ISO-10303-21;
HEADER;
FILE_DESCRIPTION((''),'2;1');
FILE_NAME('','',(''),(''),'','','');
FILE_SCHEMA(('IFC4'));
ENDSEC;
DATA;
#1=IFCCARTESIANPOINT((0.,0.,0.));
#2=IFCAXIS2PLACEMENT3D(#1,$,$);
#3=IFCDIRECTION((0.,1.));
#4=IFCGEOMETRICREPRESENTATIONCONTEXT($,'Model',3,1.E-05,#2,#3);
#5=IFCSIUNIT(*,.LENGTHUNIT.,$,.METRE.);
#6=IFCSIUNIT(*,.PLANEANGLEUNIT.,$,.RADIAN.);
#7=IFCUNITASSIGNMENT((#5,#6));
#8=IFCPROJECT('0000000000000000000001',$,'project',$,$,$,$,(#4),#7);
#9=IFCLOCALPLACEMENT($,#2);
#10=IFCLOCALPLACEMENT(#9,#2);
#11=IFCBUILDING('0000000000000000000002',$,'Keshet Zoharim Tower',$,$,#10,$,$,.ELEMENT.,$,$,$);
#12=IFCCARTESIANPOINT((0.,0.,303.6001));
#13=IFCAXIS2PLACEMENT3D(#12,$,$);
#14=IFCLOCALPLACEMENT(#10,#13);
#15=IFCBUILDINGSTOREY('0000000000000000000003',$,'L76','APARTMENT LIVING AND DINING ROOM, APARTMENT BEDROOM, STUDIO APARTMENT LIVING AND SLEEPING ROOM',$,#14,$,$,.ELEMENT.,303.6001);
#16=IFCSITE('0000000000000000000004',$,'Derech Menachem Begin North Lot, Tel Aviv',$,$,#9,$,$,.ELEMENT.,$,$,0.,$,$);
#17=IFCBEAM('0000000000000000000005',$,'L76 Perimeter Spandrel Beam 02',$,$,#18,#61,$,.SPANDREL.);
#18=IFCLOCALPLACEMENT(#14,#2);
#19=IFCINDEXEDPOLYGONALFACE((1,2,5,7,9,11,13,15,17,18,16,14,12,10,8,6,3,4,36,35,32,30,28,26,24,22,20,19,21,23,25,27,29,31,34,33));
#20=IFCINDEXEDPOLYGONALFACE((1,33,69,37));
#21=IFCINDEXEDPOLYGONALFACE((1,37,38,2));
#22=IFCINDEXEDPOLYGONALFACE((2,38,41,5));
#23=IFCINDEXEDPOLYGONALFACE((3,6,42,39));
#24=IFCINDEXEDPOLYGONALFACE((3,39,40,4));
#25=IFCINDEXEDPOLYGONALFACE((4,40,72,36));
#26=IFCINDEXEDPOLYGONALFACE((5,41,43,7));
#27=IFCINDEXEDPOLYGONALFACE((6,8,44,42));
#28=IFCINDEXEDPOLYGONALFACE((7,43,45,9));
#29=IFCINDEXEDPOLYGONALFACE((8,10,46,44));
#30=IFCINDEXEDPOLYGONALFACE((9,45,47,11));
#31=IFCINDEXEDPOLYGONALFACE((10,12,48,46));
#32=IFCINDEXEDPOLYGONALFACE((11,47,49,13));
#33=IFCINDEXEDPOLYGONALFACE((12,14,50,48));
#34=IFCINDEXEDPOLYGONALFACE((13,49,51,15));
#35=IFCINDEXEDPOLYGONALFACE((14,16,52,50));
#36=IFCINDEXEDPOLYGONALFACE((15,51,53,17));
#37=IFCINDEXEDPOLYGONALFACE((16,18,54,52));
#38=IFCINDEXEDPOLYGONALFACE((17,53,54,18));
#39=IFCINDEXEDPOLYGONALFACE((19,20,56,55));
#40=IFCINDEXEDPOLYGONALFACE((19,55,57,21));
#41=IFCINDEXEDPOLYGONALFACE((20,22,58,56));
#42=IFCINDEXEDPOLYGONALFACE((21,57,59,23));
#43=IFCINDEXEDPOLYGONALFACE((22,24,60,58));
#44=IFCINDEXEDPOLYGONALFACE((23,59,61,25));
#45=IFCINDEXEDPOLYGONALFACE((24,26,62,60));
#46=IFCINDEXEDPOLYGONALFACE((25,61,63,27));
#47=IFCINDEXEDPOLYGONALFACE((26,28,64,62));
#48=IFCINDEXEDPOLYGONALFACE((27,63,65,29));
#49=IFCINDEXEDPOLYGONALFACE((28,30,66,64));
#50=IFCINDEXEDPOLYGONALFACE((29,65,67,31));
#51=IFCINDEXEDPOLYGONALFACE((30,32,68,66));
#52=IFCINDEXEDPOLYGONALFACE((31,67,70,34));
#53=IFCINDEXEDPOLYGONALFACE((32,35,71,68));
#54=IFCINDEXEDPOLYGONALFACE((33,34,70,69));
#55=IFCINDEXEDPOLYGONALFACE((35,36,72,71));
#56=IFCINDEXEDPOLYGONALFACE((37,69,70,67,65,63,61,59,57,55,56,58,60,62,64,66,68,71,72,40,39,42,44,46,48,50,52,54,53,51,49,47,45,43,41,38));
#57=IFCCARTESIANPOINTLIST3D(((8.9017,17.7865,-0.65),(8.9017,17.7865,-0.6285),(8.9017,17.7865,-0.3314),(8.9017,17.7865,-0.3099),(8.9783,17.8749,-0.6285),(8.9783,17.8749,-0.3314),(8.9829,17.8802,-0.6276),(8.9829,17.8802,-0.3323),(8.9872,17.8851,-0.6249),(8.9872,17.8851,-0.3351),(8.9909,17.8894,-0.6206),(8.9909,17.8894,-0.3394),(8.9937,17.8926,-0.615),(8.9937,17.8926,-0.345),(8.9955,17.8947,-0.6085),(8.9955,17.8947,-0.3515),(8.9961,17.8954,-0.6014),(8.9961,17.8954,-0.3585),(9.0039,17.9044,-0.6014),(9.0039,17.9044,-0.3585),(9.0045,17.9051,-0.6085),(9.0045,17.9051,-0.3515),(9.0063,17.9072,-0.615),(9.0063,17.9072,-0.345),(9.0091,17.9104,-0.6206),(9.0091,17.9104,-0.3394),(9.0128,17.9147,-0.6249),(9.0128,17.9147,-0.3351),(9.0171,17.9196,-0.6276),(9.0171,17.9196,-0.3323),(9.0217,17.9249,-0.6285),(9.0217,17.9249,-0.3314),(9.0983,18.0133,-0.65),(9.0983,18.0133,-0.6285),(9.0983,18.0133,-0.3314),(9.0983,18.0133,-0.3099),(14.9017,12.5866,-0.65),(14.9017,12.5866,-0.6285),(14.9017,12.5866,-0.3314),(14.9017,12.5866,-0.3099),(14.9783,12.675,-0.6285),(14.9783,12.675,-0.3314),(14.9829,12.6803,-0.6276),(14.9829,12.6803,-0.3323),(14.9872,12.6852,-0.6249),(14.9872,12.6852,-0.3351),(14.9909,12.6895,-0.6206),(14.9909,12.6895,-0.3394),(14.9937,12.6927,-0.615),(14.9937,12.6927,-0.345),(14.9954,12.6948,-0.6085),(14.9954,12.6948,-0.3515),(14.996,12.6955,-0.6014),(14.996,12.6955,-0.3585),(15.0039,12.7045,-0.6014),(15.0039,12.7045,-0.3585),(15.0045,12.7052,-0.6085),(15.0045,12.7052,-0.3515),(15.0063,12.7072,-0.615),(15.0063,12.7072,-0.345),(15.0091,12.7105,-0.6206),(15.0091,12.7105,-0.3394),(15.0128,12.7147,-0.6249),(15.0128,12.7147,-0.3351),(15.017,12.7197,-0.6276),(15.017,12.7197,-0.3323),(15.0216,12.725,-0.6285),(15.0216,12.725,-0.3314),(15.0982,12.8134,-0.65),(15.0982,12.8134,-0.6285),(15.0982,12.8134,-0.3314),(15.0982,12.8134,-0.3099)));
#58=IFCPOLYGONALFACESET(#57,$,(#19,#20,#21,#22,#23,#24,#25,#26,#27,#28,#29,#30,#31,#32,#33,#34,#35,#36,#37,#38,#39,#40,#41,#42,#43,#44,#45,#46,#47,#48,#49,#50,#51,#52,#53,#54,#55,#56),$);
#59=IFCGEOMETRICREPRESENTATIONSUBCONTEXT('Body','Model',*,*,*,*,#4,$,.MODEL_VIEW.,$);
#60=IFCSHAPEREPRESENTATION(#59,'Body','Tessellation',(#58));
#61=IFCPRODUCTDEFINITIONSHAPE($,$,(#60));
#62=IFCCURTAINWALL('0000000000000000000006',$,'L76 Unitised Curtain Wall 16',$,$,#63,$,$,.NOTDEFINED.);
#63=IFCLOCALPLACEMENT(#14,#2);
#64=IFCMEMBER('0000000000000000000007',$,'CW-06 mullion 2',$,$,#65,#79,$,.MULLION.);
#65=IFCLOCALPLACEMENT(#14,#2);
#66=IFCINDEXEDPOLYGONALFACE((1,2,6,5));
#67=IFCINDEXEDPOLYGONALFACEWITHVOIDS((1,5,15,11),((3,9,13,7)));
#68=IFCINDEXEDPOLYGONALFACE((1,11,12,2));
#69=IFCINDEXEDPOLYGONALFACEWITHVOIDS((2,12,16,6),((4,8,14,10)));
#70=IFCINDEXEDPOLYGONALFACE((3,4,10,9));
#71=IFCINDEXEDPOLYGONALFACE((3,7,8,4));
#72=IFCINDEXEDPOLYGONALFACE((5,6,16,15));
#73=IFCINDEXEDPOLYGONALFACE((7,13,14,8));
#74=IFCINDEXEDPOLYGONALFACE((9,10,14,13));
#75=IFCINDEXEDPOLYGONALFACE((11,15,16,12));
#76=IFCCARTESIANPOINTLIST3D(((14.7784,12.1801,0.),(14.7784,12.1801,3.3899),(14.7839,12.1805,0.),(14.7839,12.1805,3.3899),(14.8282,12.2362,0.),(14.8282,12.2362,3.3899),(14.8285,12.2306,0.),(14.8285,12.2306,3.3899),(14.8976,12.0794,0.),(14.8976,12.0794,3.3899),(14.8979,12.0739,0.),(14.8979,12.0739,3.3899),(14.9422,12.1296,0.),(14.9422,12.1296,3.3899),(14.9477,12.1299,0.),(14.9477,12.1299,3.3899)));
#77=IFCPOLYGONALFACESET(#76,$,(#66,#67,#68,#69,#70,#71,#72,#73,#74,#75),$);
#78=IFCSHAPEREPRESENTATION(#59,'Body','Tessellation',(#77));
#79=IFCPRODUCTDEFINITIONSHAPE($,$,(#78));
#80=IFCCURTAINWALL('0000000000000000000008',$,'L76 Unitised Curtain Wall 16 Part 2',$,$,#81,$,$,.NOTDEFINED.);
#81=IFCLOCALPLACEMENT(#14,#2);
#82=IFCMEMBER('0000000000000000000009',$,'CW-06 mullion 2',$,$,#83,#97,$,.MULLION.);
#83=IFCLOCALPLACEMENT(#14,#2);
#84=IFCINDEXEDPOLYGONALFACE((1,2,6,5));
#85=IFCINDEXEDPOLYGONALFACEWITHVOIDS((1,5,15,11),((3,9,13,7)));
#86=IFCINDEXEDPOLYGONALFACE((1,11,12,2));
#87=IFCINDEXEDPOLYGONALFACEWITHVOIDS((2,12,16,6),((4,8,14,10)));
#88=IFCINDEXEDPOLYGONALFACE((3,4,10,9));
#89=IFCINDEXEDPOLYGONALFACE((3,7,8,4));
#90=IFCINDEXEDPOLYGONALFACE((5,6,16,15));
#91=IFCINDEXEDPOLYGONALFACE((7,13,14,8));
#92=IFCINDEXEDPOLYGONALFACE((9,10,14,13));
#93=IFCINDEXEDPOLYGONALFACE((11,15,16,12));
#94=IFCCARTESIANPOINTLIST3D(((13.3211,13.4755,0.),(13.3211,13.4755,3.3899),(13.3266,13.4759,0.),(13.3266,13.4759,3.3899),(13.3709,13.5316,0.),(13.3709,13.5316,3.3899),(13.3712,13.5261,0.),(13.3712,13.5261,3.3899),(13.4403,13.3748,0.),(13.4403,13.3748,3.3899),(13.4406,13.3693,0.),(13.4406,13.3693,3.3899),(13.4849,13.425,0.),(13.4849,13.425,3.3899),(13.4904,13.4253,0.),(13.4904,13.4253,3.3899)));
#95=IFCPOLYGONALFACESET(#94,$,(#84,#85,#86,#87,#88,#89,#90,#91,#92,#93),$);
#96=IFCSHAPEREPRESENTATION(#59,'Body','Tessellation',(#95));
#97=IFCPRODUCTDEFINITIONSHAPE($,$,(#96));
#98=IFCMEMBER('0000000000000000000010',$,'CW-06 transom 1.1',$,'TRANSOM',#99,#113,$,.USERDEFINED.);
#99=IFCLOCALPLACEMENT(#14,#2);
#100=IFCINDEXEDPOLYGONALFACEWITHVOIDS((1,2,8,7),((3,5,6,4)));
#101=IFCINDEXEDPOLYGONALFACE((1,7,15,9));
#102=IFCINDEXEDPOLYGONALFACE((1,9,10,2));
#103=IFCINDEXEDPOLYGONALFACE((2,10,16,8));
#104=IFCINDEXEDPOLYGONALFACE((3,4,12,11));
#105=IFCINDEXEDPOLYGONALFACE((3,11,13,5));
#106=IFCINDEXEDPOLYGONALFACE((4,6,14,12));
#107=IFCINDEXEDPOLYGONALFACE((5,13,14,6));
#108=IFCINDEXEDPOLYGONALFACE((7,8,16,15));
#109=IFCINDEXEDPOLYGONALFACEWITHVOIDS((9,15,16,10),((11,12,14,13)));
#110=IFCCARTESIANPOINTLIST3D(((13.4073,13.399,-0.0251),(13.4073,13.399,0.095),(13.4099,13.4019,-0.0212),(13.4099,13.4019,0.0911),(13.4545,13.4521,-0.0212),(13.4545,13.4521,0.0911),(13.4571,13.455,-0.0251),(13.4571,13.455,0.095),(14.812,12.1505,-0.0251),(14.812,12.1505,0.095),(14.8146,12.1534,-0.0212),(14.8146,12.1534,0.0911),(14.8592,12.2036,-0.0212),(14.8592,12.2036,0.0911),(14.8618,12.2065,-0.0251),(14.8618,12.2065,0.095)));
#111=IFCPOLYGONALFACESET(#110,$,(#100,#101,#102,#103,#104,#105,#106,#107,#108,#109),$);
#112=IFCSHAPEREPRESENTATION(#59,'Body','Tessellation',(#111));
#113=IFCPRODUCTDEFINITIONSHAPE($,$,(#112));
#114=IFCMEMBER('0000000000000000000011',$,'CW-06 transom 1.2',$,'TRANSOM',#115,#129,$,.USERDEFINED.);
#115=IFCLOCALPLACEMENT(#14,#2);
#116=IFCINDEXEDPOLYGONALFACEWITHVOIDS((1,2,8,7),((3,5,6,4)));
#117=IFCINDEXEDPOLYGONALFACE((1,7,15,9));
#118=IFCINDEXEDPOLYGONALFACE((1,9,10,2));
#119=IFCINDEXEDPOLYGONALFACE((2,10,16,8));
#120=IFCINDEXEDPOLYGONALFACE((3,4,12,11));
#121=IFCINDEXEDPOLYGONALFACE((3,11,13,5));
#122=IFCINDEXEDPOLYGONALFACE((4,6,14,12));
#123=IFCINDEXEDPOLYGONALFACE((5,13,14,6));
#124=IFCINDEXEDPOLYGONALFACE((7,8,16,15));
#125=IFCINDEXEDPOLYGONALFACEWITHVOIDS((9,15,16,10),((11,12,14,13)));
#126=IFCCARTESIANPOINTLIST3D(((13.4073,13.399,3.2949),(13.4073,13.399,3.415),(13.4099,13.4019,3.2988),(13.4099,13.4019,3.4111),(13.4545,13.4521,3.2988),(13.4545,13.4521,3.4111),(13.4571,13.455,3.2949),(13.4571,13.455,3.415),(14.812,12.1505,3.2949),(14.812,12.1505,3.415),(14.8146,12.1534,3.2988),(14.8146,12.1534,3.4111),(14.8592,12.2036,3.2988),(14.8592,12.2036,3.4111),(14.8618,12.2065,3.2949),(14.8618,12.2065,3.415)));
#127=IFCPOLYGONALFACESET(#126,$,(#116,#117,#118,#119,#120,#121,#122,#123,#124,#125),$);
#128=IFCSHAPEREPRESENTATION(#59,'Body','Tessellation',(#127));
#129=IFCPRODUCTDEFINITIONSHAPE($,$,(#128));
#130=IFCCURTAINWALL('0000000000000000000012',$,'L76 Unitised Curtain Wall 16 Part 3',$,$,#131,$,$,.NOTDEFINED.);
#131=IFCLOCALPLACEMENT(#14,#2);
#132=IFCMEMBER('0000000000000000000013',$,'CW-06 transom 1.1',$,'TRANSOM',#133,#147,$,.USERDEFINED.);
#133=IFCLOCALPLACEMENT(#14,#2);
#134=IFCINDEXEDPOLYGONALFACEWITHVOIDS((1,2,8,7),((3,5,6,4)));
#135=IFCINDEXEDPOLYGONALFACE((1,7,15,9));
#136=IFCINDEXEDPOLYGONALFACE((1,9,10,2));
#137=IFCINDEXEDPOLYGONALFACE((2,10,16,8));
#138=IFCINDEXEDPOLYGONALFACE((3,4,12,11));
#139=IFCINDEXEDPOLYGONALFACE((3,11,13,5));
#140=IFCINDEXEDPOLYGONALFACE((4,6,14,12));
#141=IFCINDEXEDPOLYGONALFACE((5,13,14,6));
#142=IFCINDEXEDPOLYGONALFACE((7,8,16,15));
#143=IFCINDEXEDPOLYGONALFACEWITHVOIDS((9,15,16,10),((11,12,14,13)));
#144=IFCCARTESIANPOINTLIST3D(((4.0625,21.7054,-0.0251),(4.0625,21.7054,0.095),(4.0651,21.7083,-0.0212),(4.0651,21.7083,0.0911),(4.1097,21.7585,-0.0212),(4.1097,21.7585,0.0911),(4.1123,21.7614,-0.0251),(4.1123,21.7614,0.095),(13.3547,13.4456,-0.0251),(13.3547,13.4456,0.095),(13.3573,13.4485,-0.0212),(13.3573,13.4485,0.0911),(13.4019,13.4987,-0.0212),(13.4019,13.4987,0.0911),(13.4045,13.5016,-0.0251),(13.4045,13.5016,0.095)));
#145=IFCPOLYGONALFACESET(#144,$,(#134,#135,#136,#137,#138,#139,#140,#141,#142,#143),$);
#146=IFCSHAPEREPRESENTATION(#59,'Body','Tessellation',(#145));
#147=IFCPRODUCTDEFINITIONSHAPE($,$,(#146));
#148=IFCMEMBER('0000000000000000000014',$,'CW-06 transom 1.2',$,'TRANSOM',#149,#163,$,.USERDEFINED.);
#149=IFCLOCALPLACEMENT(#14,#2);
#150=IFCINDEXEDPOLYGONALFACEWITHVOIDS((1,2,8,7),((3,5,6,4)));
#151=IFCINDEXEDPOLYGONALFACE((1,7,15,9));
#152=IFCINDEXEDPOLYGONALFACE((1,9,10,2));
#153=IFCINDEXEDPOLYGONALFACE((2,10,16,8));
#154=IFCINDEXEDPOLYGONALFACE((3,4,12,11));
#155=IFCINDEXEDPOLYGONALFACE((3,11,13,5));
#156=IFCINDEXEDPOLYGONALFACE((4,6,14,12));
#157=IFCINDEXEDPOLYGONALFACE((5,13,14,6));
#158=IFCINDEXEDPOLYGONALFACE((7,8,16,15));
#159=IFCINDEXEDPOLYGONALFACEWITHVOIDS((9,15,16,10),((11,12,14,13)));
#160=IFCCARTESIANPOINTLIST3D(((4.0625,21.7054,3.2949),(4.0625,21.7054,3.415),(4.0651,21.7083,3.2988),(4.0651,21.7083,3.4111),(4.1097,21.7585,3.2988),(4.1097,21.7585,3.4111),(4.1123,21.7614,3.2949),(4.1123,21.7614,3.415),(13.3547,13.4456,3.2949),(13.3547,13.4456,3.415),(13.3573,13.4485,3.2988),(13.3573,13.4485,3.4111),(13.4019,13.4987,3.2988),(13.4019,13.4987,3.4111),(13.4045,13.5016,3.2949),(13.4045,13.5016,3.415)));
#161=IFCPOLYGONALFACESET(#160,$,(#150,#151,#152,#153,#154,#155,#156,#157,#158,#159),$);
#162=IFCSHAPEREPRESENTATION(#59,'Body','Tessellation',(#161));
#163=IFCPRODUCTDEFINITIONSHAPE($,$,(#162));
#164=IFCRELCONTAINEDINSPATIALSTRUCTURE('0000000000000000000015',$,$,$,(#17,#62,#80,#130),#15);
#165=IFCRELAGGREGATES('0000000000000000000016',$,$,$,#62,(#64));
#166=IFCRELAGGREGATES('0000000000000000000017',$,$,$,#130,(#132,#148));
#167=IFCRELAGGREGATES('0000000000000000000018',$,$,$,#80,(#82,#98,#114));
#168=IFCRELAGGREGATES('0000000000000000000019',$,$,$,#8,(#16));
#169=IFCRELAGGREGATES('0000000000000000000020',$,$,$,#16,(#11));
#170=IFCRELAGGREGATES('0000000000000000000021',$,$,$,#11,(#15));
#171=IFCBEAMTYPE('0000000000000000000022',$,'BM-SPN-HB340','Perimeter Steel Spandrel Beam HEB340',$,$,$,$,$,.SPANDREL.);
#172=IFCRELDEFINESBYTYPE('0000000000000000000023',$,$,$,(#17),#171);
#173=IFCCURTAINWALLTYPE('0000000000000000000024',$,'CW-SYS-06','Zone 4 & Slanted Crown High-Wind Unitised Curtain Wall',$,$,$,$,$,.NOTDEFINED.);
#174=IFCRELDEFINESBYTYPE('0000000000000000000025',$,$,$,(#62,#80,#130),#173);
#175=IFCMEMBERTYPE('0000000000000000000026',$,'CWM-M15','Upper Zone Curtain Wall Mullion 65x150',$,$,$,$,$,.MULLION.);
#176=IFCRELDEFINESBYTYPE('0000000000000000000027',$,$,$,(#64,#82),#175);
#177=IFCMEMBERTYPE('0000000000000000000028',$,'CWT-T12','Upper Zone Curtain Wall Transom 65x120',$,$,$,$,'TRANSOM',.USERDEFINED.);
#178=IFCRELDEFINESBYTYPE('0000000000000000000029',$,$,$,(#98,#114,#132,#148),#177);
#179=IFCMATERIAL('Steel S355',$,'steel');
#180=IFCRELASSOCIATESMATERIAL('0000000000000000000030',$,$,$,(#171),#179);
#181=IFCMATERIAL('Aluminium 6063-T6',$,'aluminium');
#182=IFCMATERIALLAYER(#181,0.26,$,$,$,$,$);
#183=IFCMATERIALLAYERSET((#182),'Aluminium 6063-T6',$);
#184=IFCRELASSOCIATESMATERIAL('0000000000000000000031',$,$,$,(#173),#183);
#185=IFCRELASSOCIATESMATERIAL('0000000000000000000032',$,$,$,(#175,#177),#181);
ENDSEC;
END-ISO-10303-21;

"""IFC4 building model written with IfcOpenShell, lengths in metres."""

from ifc_helpers import new_model, si_unit, direction, frame, origin, origin_2d, place, context, subcontext, project, spatial, hollow_rectangle, i_section, extrude, material, layer, layer_set, material_profile, profile_set, type_object, element, aggregate, save


model = new_model("IFC4")

# Units and contexts
model_context = context("Model", 3, precision=1e-05, world=origin(), true_north=direction((0.0, 1.0)))
body_context = subcontext(model_context, "Body", "Model", "MODEL_VIEW")
ifc_project = project(units=[si_unit("LENGTHUNIT", "METRE"), si_unit("PLANEANGLEUNIT", "RADIAN")], contexts=[model_context])

# Site, building, storey
site_placement = place(None, origin())
site = spatial("IfcSite", under=ifc_project, at=site_placement, Name="Derech Menachem Begin North Lot, Tel Aviv", CompositionType="ELEMENT", RefElevation=0.0)
building_placement = place(site_placement, origin())
building = spatial("IfcBuilding", under=site, at=building_placement, Name="Keshet Zoharim Tower", CompositionType="ELEMENT")
storey_placement = place(building_placement, frame((0.0, 0.0, 303.6001)))
storey = spatial("IfcBuildingStorey", under=building, at=storey_placement, Name="L76", Description="APARTMENT LIVING AND DINING ROOM, APARTMENT BEDROOM, STUDIO APARTMENT LIVING AND SLEEPING ROOM", CompositionType="ELEMENT", Elevation=303.6001)

# Shared definitions
ifc_material_1 = material(Name="Steel S355", Category="steel")

# Beam
ifc_material_profile_1 = material_profile(ifc_material_1, i_section(OverallWidth=0.3, OverallDepth=0.3401, WebThickness=0.012, FlangeThickness=0.0215, FilletRadius=0.0271, at=origin_2d()), Name="HEB340")
ifc_profile_set_1 = profile_set([ifc_material_profile_1], Name="Steel S355")
beam_type_1 = type_object("IfcBeamType", Name="BM-SPN-HB340", Description="Perimeter Steel Spandrel Beam HEB340", PredefinedType="SPANDREL", material=ifc_profile_set_1)
beam_1_placement = place(storey_placement, frame((9.0, 17.8999, -0.48), z_axis=(0.755692, -0.654927, 0.0), x_axis=(0.654927, 0.755692, 0.0)))
element("IfcBeam", 1, at=beam_1_placement, inside=storey, type_object=beam_type_1, Name="L76 Perimeter Spandrel Beam 02", PredefinedType="SPANDREL", context=body_context, shape_type="SweptSolid", body=[
    extrude(i_section(OverallWidth=0.3, OverallDepth=0.3401, WebThickness=0.012, FlangeThickness=0.0215, FilletRadius=0.0271, at=origin_2d()), origin(), (0.0, 0.0, 1.0), 7.9397),
])

# Curtain wall, member
ifc_material_2 = material(Name="Aluminium 6063-T6", Category="aluminium")
ifc_layer_1 = layer(ifc_material_2, 0.26)
ifc_layer_set_1 = layer_set([ifc_layer_1], Name="Aluminium 6063-T6")
curtain_wall_type = type_object("IfcCurtainWallType", Name="CW-SYS-06", Description="Zone 4 & Slanted Crown High-Wind Unitised Curtain Wall", PredefinedType="NOTDEFINED", material=ifc_layer_set_1)
curtain_wall_1_placement = place(storey_placement, origin())
curtain_wall_1 = element("IfcCurtainWall", 2, at=curtain_wall_1_placement, inside=storey, type_object=curtain_wall_type, Name="L76 Unitised Curtain Wall 16", PredefinedType="NOTDEFINED")
ifc_material_profile_2 = material_profile(ifc_material_2, hollow_rectangle(XDim=0.075, YDim=0.1599, WallThickness=0.0039, at=origin_2d()), Name="MUL-75x160")
ifc_profile_set_2 = profile_set([ifc_material_profile_2], Name="Aluminium 6063-T6")
member_type_1 = type_object("IfcMemberType", Name="CWM-M15", Description="Upper Zone Curtain Wall Mullion 65x150", PredefinedType="MULLION", material=ifc_profile_set_2)
member_1_placement = place(storey_placement, frame((14.863, 12.155, 0.0), z_axis=(0.0, 0.0, 1.0), x_axis=(-0.664362, -0.747411, 0.0)))
member_1 = element("IfcMember", 3, at=member_1_placement, type_object=member_type_1, Name="CW-06 mullion 2", PredefinedType="MULLION", context=body_context, shape_type="SweptSolid", body=[
    extrude(hollow_rectangle(XDim=0.075, YDim=0.1599, WallThickness=0.0039, at=origin_2d()), origin(), (0.0, 0.0, 1.0), 3.3899),
])
aggregate(curtain_wall_1, [member_1])

# Curtain walls, members
curtain_wall_2_placement = place(storey_placement, origin())
curtain_wall_2 = element("IfcCurtainWall", 4, at=curtain_wall_2_placement, inside=storey, type_object=curtain_wall_type, Name="L76 Unitised Curtain Wall 16 Part 2", PredefinedType="NOTDEFINED")
member_2_placement = place(storey_placement, frame((13.4058, 13.4504, 0.0), z_axis=(0.0, 0.0, 1.0), x_axis=(-0.664338, -0.747432, 0.0)))
member_2 = element("IfcMember", 5, at=member_2_placement, type_object=member_type_1, Name="CW-06 mullion 2", PredefinedType="MULLION", context=body_context, shape_type="SweptSolid", body=[
    extrude(hollow_rectangle(XDim=0.075, YDim=0.1599, WallThickness=0.0039, at=origin_2d()), origin(), (0.0, 0.0, 1.0), 3.3899),
])
ifc_material_profile_3 = material_profile(ifc_material_2, hollow_rectangle(XDim=0.075, YDim=0.1201, WallThickness=0.0039, at=origin_2d()), Name="TRN-75x120")
ifc_profile_set_3 = profile_set([ifc_material_profile_3], Name="Aluminium 6063-T6")
member_type_2 = type_object("IfcMemberType", Name="CWT-T12", Description="Upper Zone Curtain Wall Transom 65x120", ElementType="TRANSOM", PredefinedType="USERDEFINED", material=ifc_profile_set_3)
member_3_placement = place(storey_placement, frame((14.8369, 12.1785, 0.0349), z_axis=(-0.747452, 0.664315, 0.0), x_axis=(-0.664315, -0.747452, 0.0)))
member_3 = element("IfcMember", 6, at=member_3_placement, type_object=member_type_2, Name="CW-06 transom 1.1", ObjectType="TRANSOM", PredefinedType="USERDEFINED", context=body_context, shape_type="SweptSolid", body=[
    extrude(hollow_rectangle(XDim=0.075, YDim=0.1201, WallThickness=0.0039, at=origin_2d()), origin(), (0.0, 0.0, 1.0), 1.8794),
])
member_4_placement = place(storey_placement, frame((14.8369, 12.1785, 3.355), z_axis=(-0.747452, 0.664315, 0.0), x_axis=(-0.664315, -0.747452, 0.0)))
member_4 = element("IfcMember", 7, at=member_4_placement, type_object=member_type_2, Name="CW-06 transom 1.2", ObjectType="TRANSOM", PredefinedType="USERDEFINED", context=body_context, shape_type="SweptSolid", body=[
    extrude(hollow_rectangle(XDim=0.075, YDim=0.1201, WallThickness=0.0039, at=origin_2d()), origin(), (0.0, 0.0, 1.0), 1.8794),
])
curtain_wall_3_placement = place(storey_placement, origin())
curtain_wall_3 = element("IfcCurtainWall", 8, at=curtain_wall_3_placement, inside=storey, type_object=curtain_wall_type, Name="L76 Unitised Curtain Wall 16 Part 3", PredefinedType="NOTDEFINED")
member_5_placement = place(storey_placement, frame((13.3796, 13.4736, 0.0349), z_axis=(-0.747409, 0.664364, 0.0), x_axis=(-0.664364, -0.747409, 0.0)))
member_5 = element("IfcMember", 9, at=member_5_placement, type_object=member_type_2, Name="CW-06 transom 1.1", ObjectType="TRANSOM", PredefinedType="USERDEFINED", context=body_context, shape_type="SweptSolid", body=[
    extrude(hollow_rectangle(XDim=0.075, YDim=0.1201, WallThickness=0.0039, at=origin_2d()), origin(), (0.0, 0.0, 1.0), 12.4326),
])
member_6_placement = place(storey_placement, frame((13.3796, 13.4736, 3.355), z_axis=(-0.747409, 0.664364, 0.0), x_axis=(-0.664364, -0.747409, 0.0)))
member_6 = element("IfcMember", 10, at=member_6_placement, type_object=member_type_2, Name="CW-06 transom 1.2", ObjectType="TRANSOM", PredefinedType="USERDEFINED", context=body_context, shape_type="SweptSolid", body=[
    extrude(hollow_rectangle(XDim=0.075, YDim=0.1201, WallThickness=0.0039, at=origin_2d()), origin(), (0.0, 0.0, 1.0), 12.4326),
])

aggregate(curtain_wall_3, [member_5, member_6])
aggregate(curtain_wall_2, [member_2, member_3, member_4])

save(model, "model.ifc")
